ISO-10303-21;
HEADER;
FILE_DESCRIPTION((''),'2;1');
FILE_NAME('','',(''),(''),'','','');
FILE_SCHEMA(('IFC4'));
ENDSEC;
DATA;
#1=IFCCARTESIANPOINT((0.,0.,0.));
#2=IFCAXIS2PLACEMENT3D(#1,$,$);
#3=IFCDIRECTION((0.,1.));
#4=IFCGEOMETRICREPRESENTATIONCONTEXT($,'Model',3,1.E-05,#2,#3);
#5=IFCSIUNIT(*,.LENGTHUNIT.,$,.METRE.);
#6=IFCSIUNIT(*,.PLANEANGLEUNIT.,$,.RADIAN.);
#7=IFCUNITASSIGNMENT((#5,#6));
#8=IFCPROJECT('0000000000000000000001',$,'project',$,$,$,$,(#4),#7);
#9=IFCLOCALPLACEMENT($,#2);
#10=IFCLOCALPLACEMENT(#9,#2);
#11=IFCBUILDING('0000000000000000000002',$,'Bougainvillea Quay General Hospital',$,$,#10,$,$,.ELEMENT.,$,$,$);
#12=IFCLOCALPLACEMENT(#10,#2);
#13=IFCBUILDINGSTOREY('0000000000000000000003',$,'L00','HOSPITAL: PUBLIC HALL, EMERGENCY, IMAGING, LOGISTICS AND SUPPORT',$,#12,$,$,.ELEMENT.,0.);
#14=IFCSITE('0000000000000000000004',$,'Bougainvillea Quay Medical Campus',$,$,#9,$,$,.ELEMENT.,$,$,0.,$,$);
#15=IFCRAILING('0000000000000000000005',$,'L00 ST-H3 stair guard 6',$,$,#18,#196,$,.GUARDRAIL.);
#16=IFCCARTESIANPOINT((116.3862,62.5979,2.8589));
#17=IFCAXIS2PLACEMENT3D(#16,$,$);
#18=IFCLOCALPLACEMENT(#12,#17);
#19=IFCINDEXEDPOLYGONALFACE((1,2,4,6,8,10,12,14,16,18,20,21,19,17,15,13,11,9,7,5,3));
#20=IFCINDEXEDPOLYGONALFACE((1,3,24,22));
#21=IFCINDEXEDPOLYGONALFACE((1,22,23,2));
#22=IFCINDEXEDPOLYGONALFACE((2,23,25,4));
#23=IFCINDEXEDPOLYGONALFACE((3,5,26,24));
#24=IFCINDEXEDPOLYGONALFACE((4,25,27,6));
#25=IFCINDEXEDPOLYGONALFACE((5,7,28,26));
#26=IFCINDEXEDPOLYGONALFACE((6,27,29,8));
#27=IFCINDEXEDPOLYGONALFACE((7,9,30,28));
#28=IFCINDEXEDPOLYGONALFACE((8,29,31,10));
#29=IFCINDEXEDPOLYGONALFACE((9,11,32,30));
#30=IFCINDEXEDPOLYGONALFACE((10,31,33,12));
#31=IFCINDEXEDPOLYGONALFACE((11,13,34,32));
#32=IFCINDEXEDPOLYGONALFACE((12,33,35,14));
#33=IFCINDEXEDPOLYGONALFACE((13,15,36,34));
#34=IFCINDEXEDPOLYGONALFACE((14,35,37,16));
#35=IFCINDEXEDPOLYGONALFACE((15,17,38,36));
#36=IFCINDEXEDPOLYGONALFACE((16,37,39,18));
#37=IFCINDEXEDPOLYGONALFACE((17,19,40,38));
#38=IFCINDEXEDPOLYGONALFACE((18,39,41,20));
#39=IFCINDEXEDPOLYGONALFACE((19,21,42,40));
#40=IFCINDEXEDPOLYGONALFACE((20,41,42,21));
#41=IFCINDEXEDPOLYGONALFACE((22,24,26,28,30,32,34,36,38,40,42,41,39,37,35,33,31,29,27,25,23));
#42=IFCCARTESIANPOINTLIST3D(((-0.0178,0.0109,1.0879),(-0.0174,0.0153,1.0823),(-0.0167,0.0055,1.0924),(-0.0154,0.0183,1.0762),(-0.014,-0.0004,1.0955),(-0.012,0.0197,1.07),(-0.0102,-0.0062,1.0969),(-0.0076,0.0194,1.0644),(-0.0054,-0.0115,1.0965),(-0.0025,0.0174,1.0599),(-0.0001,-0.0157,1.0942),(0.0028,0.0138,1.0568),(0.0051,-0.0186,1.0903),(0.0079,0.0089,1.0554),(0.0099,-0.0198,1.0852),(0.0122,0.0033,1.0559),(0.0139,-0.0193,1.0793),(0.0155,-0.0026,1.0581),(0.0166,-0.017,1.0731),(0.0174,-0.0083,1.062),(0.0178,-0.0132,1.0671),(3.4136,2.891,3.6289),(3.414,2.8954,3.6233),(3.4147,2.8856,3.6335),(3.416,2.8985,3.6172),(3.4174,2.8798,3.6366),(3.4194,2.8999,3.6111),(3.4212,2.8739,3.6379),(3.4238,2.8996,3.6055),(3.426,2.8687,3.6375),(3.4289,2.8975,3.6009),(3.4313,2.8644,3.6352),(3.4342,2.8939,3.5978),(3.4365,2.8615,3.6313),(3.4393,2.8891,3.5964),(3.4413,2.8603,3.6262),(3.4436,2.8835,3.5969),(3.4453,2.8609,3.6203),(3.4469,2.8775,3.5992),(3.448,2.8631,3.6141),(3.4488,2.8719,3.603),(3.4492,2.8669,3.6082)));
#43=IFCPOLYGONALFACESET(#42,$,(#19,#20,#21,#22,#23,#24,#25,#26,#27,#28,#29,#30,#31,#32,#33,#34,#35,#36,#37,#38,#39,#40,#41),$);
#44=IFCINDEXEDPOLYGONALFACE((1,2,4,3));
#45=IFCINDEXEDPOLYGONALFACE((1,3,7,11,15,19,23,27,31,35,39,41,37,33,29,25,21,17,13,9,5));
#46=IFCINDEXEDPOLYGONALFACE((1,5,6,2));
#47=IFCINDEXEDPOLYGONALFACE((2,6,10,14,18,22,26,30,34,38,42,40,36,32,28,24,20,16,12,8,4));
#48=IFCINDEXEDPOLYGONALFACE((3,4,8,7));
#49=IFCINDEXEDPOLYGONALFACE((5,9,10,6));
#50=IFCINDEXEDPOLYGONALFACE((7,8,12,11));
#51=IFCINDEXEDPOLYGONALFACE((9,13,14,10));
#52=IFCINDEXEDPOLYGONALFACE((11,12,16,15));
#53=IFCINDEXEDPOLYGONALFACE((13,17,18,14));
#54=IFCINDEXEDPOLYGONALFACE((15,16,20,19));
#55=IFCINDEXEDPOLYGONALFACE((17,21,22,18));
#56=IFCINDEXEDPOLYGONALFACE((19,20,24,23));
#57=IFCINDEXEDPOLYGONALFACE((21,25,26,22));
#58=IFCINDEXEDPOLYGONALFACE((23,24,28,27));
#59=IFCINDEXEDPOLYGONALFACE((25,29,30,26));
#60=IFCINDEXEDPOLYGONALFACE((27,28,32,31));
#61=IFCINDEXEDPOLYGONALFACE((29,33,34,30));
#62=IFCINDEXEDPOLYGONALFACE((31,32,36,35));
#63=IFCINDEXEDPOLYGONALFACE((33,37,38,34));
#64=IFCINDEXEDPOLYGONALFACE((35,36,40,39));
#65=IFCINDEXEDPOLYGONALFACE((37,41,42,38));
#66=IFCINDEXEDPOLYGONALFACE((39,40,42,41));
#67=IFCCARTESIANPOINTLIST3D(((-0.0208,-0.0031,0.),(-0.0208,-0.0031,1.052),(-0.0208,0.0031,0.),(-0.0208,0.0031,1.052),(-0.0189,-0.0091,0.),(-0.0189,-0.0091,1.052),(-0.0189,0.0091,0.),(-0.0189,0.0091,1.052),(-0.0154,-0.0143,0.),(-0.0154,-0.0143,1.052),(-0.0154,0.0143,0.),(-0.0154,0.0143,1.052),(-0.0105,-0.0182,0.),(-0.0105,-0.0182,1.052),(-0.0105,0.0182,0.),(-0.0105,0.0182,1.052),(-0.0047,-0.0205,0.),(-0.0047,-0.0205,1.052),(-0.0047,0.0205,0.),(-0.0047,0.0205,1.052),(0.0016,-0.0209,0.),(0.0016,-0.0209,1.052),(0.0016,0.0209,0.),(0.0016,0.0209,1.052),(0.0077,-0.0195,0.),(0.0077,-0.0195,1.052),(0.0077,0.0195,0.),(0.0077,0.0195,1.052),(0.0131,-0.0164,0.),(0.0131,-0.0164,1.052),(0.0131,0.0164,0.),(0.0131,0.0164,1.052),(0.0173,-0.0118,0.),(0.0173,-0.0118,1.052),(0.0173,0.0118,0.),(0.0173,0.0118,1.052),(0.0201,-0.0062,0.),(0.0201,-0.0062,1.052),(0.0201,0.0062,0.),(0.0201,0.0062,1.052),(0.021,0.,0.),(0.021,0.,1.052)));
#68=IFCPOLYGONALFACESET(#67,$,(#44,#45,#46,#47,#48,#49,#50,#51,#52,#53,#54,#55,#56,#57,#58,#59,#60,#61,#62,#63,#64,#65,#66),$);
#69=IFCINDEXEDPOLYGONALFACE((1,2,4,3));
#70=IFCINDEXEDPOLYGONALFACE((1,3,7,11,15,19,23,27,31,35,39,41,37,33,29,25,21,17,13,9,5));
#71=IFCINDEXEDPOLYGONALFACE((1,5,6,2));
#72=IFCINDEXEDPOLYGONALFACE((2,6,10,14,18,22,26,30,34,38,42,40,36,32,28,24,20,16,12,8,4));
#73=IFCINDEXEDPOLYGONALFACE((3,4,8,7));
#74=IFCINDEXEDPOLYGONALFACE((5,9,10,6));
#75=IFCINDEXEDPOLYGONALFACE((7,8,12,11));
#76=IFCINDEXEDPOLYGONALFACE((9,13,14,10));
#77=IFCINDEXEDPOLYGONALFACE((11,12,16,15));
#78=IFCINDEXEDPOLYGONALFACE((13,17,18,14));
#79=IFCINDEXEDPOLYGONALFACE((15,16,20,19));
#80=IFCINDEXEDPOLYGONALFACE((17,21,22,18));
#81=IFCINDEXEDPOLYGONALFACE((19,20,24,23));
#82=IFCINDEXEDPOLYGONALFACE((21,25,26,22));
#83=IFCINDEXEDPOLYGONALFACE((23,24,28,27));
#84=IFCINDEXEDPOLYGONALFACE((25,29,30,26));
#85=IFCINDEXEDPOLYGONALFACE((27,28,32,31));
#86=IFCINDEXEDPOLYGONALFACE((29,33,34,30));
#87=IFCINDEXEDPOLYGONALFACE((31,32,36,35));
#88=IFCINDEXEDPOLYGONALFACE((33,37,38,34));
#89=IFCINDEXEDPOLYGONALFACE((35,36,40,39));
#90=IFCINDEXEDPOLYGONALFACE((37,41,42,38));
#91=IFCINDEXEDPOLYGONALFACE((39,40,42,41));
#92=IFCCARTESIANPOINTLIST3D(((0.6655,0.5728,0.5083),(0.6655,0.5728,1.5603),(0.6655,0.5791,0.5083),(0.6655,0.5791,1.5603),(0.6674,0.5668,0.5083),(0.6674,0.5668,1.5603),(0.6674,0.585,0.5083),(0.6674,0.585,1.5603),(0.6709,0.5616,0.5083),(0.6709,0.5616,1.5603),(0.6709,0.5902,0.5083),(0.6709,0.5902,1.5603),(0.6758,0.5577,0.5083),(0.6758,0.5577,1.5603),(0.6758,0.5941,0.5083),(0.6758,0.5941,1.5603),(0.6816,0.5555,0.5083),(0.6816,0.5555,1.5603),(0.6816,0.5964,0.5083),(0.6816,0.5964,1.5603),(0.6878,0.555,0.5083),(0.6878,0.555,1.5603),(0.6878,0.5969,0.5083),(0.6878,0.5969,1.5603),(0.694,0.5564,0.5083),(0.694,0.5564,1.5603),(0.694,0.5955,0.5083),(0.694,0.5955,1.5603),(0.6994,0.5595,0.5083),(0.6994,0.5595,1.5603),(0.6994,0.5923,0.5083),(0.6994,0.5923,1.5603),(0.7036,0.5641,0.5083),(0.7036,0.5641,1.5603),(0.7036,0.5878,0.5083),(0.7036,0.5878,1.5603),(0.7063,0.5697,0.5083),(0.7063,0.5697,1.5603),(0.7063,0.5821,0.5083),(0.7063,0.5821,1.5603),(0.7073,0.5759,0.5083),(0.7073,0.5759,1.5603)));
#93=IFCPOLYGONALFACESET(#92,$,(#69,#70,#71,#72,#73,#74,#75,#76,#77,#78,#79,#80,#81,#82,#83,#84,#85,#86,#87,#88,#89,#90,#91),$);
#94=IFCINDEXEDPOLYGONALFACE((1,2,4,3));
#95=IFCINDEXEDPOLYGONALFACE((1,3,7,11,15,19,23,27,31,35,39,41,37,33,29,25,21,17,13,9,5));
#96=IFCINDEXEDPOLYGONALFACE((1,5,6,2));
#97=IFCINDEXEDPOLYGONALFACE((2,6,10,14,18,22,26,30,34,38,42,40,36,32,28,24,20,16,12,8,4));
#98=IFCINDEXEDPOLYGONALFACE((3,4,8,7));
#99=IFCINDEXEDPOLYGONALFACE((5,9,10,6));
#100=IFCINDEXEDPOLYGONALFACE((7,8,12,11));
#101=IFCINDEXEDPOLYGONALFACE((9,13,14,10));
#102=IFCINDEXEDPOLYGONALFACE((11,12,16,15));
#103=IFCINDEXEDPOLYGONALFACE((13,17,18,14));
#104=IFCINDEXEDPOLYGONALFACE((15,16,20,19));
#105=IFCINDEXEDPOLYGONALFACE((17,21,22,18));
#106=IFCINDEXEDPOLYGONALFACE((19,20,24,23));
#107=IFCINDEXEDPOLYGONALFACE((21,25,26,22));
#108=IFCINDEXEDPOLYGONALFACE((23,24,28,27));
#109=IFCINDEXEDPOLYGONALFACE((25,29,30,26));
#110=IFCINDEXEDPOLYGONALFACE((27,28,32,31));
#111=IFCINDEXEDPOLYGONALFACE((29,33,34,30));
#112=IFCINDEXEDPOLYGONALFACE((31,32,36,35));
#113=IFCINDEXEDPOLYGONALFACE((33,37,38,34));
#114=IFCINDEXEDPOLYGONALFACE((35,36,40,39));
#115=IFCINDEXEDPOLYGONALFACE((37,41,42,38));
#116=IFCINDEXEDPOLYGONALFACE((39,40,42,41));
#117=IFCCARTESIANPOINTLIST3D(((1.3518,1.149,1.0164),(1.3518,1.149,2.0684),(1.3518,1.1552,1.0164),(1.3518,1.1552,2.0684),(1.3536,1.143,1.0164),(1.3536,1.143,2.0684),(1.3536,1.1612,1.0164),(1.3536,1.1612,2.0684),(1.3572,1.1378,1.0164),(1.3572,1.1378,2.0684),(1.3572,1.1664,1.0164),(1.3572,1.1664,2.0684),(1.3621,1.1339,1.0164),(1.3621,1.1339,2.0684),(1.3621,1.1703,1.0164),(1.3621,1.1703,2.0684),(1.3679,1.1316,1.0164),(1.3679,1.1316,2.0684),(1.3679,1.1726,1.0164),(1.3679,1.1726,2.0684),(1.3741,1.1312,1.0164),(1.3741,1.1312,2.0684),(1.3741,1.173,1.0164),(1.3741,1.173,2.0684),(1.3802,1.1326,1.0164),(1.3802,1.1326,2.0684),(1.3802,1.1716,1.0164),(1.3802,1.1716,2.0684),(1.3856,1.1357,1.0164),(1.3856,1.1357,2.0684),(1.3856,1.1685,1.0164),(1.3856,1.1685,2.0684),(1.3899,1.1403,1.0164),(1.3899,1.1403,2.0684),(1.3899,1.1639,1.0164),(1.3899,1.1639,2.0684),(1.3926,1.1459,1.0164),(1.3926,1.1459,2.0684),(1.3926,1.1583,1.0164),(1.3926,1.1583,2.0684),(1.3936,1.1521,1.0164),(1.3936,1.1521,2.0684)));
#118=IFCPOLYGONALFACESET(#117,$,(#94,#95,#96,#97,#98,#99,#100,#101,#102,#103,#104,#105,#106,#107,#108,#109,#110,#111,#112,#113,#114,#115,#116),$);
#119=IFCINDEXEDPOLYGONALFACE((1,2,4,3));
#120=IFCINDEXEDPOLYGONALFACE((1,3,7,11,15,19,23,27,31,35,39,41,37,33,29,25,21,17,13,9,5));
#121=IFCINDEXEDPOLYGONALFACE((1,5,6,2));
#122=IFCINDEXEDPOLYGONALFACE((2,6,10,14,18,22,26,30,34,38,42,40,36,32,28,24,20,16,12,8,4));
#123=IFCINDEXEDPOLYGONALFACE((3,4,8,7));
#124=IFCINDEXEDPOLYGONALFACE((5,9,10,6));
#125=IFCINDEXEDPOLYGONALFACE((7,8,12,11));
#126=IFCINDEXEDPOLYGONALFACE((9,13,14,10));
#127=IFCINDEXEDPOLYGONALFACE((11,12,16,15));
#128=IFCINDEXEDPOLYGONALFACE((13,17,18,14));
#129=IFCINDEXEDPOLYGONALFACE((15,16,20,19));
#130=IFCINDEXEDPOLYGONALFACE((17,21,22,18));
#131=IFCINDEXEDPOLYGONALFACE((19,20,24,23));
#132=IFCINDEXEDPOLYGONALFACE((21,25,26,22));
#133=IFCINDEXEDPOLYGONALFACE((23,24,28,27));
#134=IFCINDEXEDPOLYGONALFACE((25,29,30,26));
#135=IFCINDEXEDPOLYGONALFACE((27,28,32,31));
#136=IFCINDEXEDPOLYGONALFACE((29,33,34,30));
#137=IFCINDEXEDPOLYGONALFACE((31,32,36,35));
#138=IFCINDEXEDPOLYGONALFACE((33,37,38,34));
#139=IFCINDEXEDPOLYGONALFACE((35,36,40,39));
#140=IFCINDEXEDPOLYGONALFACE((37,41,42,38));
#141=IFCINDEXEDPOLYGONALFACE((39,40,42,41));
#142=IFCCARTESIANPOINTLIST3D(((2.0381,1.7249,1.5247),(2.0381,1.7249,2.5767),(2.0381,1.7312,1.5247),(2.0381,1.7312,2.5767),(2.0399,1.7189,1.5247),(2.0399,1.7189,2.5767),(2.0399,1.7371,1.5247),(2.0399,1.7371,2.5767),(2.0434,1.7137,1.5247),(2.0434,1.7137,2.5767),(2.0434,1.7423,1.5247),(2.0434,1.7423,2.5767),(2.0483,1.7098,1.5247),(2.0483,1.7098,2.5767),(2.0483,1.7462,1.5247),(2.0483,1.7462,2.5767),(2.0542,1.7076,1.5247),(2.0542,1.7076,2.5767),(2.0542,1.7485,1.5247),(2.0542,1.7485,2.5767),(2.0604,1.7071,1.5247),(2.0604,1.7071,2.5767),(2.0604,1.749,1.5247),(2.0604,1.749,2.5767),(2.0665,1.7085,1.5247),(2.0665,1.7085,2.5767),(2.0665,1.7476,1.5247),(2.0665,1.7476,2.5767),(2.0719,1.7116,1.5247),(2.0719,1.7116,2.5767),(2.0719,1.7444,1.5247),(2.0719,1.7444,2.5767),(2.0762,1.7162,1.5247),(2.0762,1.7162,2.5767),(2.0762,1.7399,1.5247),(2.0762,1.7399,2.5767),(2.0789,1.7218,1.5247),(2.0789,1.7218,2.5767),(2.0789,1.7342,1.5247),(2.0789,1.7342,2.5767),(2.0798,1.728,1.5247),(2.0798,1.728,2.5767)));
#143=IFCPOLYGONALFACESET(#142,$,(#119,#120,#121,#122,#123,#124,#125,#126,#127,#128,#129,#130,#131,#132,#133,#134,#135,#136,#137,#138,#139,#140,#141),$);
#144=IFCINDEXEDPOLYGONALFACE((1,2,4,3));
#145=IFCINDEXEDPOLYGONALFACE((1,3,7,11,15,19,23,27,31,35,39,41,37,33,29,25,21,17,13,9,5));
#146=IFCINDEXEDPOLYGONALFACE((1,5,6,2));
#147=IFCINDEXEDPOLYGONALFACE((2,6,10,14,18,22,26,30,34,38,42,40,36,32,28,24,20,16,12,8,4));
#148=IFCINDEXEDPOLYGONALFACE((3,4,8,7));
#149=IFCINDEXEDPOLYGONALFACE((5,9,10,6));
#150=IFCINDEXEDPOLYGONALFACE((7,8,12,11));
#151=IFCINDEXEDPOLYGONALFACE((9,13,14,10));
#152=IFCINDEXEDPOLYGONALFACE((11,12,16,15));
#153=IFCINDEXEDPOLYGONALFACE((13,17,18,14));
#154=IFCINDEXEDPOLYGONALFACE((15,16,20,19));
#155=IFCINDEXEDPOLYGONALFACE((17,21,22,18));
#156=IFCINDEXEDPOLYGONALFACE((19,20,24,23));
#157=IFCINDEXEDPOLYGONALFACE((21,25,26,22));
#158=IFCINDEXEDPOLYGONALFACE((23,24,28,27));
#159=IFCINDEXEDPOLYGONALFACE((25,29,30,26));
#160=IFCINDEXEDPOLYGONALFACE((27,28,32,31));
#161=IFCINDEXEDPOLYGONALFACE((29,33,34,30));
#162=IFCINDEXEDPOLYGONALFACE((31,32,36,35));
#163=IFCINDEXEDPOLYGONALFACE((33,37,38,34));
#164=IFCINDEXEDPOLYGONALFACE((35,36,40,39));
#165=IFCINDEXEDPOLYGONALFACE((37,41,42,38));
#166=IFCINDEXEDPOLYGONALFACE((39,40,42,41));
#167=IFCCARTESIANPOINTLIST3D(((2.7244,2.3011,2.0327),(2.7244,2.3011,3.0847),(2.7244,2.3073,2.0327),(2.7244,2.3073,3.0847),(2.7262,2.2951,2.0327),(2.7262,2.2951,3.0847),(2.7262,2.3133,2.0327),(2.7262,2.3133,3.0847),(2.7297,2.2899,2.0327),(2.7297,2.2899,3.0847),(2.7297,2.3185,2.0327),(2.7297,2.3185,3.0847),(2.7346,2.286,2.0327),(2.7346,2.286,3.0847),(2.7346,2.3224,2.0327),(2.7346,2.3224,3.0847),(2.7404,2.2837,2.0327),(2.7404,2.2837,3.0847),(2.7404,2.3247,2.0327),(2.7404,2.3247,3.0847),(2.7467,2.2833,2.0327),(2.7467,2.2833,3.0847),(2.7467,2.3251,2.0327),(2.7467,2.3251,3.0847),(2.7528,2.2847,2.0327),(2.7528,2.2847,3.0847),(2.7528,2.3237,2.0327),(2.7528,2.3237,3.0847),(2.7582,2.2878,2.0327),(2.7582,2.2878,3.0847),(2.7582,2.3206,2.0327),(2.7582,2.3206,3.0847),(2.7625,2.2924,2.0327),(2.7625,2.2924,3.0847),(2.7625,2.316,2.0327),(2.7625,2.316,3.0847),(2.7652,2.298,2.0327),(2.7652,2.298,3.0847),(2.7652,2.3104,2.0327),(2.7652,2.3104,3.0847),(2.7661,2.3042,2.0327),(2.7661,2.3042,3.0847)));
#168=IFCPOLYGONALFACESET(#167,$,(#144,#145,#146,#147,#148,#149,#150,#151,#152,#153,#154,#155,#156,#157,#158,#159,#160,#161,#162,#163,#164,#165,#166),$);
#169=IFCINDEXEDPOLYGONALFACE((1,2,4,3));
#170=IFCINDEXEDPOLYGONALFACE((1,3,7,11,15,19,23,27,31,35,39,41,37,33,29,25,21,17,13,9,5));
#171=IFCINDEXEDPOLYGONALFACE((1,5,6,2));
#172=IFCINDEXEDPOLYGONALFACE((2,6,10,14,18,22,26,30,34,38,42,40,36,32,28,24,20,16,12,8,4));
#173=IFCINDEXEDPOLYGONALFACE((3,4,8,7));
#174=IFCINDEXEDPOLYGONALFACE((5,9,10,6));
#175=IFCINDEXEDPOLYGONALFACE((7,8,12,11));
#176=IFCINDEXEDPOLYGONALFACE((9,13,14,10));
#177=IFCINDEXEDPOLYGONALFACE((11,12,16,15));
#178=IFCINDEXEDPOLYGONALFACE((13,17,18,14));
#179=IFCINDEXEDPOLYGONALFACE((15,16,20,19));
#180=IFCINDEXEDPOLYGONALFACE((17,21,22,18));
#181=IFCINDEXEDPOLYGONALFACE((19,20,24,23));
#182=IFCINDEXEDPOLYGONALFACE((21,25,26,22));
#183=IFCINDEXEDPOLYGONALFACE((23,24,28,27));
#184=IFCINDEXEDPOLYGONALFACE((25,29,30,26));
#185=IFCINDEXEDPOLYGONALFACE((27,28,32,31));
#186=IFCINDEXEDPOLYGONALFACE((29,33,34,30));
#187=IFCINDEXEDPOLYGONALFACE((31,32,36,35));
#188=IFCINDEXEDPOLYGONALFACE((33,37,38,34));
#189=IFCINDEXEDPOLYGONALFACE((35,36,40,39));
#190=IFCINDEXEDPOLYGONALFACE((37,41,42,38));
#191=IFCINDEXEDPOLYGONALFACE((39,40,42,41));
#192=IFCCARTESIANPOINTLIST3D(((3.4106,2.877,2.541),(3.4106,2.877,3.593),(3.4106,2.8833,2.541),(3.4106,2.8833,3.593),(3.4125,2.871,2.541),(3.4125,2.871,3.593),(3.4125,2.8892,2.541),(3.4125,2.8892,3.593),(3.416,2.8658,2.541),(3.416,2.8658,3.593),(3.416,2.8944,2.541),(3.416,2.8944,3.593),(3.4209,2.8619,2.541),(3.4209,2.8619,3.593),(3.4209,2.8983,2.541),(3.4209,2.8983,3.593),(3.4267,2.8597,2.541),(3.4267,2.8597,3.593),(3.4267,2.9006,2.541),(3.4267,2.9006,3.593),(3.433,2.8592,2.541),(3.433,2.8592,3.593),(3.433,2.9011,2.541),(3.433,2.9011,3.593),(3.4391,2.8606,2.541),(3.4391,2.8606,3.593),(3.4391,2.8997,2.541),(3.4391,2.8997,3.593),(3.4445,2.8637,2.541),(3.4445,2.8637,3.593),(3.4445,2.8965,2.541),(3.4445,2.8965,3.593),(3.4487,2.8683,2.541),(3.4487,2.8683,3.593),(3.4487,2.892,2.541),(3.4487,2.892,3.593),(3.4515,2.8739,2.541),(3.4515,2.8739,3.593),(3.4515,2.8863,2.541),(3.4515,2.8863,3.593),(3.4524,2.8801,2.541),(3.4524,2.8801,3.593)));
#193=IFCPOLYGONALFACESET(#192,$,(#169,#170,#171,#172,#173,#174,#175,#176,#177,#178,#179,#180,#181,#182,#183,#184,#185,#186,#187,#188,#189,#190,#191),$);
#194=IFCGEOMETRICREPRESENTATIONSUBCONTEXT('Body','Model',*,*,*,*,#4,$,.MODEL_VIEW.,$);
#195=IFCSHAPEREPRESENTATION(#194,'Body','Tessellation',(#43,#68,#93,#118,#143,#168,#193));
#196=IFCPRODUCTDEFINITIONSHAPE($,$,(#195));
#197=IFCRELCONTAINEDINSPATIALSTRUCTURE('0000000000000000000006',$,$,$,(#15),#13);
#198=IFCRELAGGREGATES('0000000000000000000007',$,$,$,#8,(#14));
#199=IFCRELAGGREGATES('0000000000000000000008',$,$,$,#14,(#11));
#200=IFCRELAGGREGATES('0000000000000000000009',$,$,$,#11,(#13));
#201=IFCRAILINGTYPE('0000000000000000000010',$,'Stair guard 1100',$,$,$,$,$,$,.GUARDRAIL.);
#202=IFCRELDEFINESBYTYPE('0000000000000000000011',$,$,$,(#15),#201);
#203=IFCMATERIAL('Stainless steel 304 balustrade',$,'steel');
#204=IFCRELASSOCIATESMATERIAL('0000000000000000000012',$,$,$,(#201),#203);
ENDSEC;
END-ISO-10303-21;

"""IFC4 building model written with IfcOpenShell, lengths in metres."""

from ifc_helpers import new_model, si_unit, direction, frame, origin, origin_2d, place, context, subcontext, project, spatial, circle, extrude, material, type_object, element, save


model = new_model("IFC4")

# Units and contexts
model_context = context("Model", 3, precision=1e-05, world=origin(), true_north=direction((0.0, 1.0)))
body_context = subcontext(model_context, "Body", "Model", "MODEL_VIEW")
ifc_project = project(units=[si_unit("LENGTHUNIT", "METRE"), si_unit("PLANEANGLEUNIT", "RADIAN")], contexts=[model_context])

# Site, building, storey
site_placement = place(None, origin())
site = spatial("IfcSite", under=ifc_project, at=site_placement, Name="Bougainvillea Quay Medical Campus", CompositionType="ELEMENT", RefElevation=0.0)
building_placement = place(site_placement, origin())
building = spatial("IfcBuilding", under=site, at=building_placement, Name="Bougainvillea Quay General Hospital", CompositionType="ELEMENT")
storey_placement = place(building_placement, origin())
storey = spatial("IfcBuildingStorey", under=building, at=storey_placement, Name="L00", Description="HOSPITAL: PUBLIC HALL, EMERGENCY, IMAGING, LOGISTICS AND SUPPORT", CompositionType="ELEMENT", Elevation=0.0)

# Railing
ifc_material_1 = material(Name="Stainless steel 304 balustrade", Category="steel")
railing_type_1 = type_object("IfcRailingType", Name="Stair guard 1100", PredefinedType="GUARDRAIL", material=ifc_material_1)
railing_1_placement = place(storey_placement, frame((116.3862, 62.5979, 2.8589)))
element("IfcRailing", 1, at=railing_1_placement, inside=storey, type_object=railing_type_1, Name="L00 ST-H3 stair guard 6", PredefinedType="GUARDRAIL", context=body_context, shape_type="SweptSolid", body=[
    extrude(circle(Radius=0.0239, at=origin_2d()), frame((0.0, 0.0, 1.0762), z_axis=(0.666242, 0.559207, 0.493365), x_axis=(-0.642898, 0.765952, 0.0)), (0.0, 0.0, 1.0), 5.1504),
    extrude(circle(Radius=0.021, at=origin_2d()), origin(), (0.0, 0.0, 1.0), 1.052),
    extrude(circle(Radius=0.021, at=origin_2d()), frame((0.6863, 0.5759, 0.5083)), (0.0, 0.0, 1.0), 1.052),
    extrude(circle(Radius=0.021, at=origin_2d()), frame((1.3726, 1.1521, 1.0164)), (0.0, 0.0, 1.0), 1.052),
    extrude(circle(Radius=0.021, at=origin_2d()), frame((2.0588, 1.728, 1.5247)), (0.0, 0.0, 1.0), 1.052),
    extrude(circle(Radius=0.021, at=origin_2d()), frame((2.7451, 2.3042, 2.0327)), (0.0, 0.0, 1.0), 1.052),
    extrude(circle(Radius=0.021, at=origin_2d()), frame((3.4314, 2.8801, 2.541)), (0.0, 0.0, 1.0), 1.052),
])

save(model, "model.ifc")
